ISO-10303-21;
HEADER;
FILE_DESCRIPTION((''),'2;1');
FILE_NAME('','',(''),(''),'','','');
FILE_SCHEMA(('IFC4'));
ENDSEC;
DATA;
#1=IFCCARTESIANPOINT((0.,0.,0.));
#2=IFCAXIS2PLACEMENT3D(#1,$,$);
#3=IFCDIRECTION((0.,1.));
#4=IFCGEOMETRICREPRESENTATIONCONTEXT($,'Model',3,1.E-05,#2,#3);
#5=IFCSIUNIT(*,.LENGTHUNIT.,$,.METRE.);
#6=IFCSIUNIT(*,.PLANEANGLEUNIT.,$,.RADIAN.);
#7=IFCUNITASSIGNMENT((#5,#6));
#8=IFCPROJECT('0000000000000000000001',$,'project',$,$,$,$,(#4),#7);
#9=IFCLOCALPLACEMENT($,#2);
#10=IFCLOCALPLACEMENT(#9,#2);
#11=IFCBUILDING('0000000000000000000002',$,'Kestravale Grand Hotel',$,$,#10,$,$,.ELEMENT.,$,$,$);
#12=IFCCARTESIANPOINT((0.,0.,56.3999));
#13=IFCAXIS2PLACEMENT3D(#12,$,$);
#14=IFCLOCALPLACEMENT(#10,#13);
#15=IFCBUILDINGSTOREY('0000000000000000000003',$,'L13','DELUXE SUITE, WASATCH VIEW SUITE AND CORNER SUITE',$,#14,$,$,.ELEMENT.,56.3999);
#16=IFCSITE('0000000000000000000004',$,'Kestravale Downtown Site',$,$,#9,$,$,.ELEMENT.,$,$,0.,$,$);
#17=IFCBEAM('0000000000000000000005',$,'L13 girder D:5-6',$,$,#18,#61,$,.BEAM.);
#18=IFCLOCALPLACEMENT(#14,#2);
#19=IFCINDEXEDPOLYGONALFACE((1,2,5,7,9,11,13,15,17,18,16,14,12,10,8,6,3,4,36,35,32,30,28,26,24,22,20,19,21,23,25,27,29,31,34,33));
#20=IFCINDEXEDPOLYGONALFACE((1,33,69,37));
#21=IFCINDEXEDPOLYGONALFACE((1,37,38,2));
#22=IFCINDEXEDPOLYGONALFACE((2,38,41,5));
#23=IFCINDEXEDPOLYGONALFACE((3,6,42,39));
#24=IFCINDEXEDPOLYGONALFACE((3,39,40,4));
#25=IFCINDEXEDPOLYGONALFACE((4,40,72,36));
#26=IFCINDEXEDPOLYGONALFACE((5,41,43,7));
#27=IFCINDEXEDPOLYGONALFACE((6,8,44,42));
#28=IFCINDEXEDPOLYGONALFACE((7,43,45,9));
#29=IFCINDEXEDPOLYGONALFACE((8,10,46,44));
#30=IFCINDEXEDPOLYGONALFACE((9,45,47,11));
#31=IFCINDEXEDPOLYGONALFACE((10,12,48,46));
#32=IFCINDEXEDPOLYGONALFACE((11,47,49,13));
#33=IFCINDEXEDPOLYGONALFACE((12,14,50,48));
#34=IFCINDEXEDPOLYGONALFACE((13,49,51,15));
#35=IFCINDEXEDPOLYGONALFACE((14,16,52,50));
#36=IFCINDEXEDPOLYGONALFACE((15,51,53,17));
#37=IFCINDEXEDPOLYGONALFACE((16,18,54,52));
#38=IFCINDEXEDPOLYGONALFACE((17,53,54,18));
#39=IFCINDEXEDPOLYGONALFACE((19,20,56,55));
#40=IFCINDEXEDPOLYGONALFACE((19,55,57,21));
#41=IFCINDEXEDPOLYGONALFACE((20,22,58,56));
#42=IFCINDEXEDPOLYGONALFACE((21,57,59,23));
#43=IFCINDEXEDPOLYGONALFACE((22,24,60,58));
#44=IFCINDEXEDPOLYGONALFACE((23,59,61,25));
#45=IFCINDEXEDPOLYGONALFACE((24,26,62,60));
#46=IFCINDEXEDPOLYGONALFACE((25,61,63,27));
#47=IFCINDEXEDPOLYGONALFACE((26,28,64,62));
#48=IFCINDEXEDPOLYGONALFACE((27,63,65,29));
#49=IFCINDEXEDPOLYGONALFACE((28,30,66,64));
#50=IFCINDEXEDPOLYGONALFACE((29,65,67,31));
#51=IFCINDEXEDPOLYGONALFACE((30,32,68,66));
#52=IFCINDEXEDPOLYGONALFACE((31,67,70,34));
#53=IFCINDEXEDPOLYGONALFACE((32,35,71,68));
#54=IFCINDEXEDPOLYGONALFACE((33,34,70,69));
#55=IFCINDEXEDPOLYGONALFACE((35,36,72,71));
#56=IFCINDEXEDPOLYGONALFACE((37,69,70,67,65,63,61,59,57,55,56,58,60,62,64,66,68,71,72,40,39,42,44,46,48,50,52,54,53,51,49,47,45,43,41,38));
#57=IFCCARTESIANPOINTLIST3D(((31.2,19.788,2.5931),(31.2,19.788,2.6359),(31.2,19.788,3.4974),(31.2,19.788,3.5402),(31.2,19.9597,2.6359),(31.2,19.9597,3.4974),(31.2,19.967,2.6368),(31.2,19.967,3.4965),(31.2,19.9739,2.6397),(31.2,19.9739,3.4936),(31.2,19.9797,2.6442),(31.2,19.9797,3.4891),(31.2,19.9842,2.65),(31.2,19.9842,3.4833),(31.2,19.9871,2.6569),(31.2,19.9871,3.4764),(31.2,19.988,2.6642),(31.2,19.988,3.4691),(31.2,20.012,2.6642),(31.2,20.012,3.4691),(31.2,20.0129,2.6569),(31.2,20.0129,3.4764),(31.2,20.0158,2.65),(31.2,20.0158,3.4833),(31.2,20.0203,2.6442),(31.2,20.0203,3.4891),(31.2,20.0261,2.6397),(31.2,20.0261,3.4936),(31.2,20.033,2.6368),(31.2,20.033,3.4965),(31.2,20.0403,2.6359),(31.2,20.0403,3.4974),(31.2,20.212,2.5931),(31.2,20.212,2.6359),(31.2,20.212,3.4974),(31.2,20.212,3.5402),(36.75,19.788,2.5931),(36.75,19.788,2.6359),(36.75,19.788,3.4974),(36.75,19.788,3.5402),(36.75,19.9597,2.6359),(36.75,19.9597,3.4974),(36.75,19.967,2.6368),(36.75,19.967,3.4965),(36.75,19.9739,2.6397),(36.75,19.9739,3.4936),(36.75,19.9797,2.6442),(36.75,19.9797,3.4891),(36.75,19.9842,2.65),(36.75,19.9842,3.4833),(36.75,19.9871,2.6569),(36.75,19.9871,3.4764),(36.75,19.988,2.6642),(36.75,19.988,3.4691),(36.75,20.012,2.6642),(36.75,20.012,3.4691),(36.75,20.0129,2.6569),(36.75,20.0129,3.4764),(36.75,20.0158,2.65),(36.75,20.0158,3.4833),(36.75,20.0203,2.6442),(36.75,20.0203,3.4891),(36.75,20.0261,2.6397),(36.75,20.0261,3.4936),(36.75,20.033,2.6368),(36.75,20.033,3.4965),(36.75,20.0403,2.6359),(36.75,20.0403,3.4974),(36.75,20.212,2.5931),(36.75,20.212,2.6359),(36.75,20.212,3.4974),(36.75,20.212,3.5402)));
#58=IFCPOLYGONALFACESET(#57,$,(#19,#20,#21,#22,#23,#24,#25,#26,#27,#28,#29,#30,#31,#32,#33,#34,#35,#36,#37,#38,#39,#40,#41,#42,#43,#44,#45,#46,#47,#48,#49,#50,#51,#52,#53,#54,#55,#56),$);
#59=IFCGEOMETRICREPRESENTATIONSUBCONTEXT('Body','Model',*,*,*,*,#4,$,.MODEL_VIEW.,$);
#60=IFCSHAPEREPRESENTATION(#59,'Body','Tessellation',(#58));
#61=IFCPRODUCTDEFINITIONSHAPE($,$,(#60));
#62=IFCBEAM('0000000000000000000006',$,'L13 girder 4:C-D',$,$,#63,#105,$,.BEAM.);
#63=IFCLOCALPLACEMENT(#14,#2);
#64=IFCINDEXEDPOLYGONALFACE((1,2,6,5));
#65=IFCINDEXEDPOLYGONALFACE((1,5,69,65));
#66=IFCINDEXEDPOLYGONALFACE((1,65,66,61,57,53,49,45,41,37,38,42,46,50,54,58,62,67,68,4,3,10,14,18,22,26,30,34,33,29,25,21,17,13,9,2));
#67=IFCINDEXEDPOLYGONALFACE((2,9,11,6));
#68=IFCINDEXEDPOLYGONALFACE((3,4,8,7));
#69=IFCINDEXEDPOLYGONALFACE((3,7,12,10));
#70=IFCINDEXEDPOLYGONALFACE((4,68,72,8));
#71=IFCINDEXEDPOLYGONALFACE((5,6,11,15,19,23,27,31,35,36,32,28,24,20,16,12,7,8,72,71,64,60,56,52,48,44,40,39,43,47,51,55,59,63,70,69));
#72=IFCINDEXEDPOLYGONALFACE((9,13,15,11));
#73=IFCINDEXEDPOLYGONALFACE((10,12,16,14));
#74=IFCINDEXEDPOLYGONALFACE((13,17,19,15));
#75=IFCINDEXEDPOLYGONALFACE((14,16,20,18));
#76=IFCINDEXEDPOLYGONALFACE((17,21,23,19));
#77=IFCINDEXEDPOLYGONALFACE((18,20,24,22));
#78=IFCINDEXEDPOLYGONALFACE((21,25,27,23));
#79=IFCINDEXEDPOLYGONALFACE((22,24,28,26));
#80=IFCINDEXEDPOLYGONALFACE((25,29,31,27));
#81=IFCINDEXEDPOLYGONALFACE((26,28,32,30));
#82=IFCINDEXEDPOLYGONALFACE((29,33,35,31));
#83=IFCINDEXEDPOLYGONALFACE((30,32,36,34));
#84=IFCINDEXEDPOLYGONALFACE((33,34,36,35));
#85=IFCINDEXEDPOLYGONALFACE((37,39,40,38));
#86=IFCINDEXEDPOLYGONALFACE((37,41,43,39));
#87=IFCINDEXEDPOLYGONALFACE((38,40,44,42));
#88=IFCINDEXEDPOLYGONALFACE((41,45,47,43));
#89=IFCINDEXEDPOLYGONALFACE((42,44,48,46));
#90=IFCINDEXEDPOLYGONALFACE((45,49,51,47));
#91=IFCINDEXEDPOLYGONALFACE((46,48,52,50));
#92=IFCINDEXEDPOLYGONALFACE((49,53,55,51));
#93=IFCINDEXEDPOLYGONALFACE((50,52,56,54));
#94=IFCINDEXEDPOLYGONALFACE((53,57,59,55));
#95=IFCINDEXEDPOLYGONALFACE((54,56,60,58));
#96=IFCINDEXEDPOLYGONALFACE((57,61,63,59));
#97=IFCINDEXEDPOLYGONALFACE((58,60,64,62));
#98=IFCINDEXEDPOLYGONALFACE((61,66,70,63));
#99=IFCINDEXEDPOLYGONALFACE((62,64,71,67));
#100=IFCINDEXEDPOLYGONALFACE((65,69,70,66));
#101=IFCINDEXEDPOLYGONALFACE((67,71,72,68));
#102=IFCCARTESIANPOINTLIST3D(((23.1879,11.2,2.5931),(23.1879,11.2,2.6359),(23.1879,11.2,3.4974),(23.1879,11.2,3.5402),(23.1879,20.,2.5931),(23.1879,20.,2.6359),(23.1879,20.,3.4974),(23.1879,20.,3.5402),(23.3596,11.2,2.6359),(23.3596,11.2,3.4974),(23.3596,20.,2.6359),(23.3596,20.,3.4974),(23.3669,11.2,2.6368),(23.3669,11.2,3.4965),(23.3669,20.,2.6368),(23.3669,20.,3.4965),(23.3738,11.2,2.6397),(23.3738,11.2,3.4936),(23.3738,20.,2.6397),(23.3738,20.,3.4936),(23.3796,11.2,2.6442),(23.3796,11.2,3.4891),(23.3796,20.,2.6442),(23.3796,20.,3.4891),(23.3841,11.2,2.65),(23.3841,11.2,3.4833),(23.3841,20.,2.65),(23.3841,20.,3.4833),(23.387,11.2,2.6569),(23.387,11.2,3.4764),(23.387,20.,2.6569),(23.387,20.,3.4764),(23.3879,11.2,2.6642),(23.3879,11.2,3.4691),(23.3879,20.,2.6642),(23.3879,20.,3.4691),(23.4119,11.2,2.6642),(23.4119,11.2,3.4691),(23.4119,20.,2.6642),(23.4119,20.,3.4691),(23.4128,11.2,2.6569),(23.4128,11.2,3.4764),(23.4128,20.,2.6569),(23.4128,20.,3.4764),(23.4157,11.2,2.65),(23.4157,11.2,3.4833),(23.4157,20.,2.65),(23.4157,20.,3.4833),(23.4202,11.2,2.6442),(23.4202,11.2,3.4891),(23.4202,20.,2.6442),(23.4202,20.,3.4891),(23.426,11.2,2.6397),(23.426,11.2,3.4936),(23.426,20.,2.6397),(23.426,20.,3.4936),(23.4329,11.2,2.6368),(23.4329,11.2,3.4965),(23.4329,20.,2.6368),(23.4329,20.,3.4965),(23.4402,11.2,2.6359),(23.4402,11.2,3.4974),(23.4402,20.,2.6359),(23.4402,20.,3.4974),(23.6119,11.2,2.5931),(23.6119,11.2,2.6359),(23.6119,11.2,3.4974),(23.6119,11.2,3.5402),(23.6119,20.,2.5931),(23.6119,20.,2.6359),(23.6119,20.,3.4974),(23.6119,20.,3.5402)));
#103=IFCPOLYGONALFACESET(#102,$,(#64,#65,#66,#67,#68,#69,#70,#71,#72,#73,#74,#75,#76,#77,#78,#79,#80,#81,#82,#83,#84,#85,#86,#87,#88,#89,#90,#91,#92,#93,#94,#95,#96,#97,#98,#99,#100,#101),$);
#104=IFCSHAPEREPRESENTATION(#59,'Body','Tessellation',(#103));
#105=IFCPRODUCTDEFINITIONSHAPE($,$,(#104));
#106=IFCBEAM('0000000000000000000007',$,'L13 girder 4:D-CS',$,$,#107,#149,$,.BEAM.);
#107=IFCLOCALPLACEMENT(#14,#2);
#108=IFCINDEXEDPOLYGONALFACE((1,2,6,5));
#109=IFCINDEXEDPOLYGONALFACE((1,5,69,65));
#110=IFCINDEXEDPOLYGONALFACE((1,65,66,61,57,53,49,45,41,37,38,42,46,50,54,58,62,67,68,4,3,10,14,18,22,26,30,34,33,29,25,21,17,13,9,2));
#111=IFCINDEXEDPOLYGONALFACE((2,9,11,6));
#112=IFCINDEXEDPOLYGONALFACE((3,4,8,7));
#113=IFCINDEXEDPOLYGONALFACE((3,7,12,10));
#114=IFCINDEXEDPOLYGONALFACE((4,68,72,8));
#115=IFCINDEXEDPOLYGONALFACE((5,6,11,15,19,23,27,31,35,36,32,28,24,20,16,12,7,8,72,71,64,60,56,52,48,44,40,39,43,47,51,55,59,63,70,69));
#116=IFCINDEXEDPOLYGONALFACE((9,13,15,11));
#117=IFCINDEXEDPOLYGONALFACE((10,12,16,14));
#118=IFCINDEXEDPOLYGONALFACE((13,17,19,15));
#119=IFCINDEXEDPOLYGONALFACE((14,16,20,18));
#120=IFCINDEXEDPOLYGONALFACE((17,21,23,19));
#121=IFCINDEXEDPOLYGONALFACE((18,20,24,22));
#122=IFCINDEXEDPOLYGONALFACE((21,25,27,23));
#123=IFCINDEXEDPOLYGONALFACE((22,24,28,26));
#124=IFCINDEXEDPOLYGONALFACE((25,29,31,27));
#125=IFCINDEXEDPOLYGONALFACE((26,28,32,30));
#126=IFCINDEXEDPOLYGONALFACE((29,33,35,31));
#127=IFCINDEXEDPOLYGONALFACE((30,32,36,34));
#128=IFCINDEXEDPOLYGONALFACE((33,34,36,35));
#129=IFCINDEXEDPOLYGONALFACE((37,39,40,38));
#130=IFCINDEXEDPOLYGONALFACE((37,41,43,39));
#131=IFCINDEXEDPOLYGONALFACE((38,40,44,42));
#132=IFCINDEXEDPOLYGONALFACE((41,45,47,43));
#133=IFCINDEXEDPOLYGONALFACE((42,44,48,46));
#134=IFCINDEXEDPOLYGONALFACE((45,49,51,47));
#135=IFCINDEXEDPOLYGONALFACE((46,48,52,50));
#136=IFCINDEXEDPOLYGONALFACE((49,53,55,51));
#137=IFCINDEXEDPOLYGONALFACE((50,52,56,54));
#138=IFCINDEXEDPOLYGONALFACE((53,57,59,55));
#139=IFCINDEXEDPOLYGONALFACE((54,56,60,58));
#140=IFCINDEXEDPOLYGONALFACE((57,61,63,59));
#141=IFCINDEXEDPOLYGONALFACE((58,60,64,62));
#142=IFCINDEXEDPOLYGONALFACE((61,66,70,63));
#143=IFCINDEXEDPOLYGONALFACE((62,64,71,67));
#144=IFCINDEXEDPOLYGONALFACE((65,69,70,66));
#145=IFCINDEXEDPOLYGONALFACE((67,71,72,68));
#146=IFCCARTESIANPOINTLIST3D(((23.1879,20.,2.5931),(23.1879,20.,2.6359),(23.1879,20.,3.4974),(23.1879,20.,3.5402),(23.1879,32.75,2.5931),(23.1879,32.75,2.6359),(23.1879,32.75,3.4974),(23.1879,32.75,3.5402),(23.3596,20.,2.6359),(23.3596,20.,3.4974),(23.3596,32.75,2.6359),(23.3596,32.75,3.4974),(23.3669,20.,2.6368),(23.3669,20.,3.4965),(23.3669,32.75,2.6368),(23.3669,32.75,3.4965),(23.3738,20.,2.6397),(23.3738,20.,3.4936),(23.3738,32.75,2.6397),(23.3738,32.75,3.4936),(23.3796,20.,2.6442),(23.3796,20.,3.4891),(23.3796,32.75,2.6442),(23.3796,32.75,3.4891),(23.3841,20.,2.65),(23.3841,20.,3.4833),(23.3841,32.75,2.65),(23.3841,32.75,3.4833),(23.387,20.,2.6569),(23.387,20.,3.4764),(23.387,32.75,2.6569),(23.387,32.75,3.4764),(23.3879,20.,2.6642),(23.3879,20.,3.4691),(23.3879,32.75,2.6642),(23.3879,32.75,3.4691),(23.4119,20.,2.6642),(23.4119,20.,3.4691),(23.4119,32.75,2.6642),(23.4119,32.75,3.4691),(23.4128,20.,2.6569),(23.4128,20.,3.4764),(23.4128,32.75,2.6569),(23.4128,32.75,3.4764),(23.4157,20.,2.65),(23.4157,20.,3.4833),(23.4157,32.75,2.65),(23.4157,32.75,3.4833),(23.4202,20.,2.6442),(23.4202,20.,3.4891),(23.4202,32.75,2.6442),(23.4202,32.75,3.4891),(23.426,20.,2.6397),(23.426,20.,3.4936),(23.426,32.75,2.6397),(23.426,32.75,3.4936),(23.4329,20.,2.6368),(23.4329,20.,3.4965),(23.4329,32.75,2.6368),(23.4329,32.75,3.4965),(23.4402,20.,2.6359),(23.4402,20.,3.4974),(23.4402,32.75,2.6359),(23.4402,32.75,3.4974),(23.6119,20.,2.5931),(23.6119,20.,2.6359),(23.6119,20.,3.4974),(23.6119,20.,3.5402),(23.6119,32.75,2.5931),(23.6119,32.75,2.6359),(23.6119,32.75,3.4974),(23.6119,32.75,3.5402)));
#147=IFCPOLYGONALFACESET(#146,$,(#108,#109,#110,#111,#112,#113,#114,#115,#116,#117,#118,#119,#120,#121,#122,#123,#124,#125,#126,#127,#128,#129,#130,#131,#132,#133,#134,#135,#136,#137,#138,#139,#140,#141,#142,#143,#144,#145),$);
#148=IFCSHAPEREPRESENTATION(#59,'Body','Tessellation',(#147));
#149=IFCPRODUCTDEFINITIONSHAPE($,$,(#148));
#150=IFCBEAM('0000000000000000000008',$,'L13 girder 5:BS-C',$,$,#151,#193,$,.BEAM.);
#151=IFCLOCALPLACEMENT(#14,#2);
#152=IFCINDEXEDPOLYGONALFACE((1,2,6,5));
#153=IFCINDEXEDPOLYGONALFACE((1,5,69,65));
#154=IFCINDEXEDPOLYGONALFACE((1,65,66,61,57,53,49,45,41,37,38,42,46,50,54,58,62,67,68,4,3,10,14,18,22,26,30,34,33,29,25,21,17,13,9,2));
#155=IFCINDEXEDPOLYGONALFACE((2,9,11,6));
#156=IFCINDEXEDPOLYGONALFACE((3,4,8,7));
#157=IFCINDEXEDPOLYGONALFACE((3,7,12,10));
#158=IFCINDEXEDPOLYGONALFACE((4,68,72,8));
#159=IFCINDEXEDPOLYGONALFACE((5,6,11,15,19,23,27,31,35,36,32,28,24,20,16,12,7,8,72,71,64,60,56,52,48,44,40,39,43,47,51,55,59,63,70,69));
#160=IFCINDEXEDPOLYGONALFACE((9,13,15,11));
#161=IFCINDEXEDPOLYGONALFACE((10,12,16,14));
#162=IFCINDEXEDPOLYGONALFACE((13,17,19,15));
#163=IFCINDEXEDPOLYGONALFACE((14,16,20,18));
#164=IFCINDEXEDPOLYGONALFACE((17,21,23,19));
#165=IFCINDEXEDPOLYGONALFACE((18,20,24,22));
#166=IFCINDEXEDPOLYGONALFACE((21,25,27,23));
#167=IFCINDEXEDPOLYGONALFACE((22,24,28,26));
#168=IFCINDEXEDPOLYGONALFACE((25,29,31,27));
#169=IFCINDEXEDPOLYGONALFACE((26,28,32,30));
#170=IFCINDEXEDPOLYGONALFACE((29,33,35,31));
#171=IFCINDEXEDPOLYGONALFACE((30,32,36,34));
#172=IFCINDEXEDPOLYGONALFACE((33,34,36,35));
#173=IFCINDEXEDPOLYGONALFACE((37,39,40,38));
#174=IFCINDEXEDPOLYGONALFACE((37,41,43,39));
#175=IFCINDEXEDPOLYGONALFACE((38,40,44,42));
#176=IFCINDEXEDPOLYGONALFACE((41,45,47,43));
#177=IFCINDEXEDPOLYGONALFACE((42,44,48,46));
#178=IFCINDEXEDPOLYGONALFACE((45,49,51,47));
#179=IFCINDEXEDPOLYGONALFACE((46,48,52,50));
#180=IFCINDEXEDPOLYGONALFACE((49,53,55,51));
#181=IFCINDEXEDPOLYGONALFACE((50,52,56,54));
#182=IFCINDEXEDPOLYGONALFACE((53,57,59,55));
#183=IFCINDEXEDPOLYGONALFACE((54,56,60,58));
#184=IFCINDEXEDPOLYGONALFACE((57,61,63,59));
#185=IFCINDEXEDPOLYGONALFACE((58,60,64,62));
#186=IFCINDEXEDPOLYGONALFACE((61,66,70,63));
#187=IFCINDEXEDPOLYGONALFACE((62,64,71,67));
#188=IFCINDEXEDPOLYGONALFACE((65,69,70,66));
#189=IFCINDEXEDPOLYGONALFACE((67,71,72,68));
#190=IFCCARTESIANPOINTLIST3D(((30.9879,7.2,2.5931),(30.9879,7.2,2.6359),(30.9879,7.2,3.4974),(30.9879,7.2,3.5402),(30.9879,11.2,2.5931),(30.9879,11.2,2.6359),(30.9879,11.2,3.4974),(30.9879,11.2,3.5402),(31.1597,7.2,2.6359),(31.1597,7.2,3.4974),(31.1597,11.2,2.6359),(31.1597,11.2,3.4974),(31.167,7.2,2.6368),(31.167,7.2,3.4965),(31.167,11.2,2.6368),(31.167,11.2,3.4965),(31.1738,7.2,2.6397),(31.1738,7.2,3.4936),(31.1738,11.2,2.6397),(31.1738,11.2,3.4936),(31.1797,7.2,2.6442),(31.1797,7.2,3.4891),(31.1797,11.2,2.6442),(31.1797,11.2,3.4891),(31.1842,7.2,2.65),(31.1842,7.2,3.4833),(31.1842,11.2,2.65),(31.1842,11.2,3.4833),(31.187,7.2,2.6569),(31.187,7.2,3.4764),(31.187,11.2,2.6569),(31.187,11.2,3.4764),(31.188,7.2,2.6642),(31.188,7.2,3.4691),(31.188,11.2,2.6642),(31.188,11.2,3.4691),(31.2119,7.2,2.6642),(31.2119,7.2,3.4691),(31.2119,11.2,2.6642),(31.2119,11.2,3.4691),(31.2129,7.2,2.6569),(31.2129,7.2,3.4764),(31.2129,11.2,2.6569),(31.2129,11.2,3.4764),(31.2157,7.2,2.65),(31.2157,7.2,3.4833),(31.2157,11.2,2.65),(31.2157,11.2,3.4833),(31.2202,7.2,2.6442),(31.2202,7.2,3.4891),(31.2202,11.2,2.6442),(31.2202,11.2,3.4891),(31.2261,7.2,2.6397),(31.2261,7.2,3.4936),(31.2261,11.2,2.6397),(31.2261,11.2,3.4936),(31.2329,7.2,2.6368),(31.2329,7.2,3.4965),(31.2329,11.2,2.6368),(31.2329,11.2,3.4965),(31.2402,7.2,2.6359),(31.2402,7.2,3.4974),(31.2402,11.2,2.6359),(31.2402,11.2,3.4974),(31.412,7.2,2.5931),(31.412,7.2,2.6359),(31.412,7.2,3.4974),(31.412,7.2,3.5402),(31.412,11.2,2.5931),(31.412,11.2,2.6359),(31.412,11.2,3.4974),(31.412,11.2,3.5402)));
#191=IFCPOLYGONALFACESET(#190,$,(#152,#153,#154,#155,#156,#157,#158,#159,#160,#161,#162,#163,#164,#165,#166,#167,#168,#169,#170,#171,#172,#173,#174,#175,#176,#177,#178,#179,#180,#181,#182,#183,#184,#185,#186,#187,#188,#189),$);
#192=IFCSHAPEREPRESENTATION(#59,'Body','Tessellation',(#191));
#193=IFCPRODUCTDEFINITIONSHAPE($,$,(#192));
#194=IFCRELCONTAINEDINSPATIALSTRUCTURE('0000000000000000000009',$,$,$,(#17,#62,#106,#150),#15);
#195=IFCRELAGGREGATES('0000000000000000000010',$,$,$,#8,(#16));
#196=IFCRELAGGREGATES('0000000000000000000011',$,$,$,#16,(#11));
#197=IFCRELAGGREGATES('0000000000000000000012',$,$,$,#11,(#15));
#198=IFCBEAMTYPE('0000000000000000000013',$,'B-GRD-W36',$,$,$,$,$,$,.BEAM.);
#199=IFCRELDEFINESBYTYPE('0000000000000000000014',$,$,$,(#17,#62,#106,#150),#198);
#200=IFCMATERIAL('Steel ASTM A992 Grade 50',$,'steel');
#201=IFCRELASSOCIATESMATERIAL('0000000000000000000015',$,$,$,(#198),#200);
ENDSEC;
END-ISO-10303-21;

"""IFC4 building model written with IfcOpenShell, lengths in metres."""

from ifc_helpers import new_model, si_unit, direction, frame, origin, origin_2d, place, context, subcontext, project, spatial, i_section, extrude, material, material_profile, profile_set, type_object, element, save


model = new_model("IFC4")

# Units and contexts
model_context = context("Model", 3, precision=1e-05, world=origin(), true_north=direction((0.0, 1.0)))
body_context = subcontext(model_context, "Body", "Model", "MODEL_VIEW")
ifc_project = project(units=[si_unit("LENGTHUNIT", "METRE"), si_unit("PLANEANGLEUNIT", "RADIAN")], contexts=[model_context])

# Site, building, storey
site_placement = place(None, origin())
site = spatial("IfcSite", under=ifc_project, at=site_placement, Name="Kestravale Downtown Site", CompositionType="ELEMENT", RefElevation=0.0)
building_placement = place(site_placement, origin())
building = spatial("IfcBuilding", under=site, at=building_placement, Name="Kestravale Grand Hotel", CompositionType="ELEMENT")
storey_placement = place(building_placement, frame((0.0, 0.0, 56.3999)))
storey = spatial("IfcBuildingStorey", under=building, at=storey_placement, Name="L13", Description="DELUXE SUITE, WASATCH VIEW SUITE AND CORNER SUITE", CompositionType="ELEMENT", Elevation=56.3999)

# Beams
ifc_material_1 = material(Name="Steel ASTM A992 Grade 50", Category="steel")
ifc_material_profile_1 = material_profile(ifc_material_1, i_section(OverallWidth=0.4241, OverallDepth=0.947, WebThickness=0.0239, FlangeThickness=0.0427, FilletRadius=0.0283, at=origin_2d()))
ifc_profile_set_1 = profile_set([ifc_material_profile_1], Name="Steel ASTM A992 Grade 50")
beam_type_1 = type_object("IfcBeamType", Name="B-GRD-W36", PredefinedType="BEAM", material=ifc_profile_set_1)
beam_1_placement = place(storey_placement, frame((31.2, 20.0, 3.0667), z_axis=(1.0, 0.0, 0.0), x_axis=(0.0, 1.0, 0.0)))
element("IfcBeam", 1, at=beam_1_placement, inside=storey, type_object=beam_type_1, Name="L13 girder D:5-6", PredefinedType="BEAM", context=body_context, shape_type="SweptSolid", body=[
    extrude(i_section(OverallWidth=0.4241, OverallDepth=0.947, WebThickness=0.0239, FlangeThickness=0.0427, FilletRadius=0.0283, at=origin_2d()), origin(), (0.0, 0.0, 1.0), 5.55),
])
beam_2_placement = place(storey_placement, frame((23.3999, 11.2, 3.0667), z_axis=(0.0, 1.0, 0.0), x_axis=(-1.0, 0.0, 0.0)))
element("IfcBeam", 2, at=beam_2_placement, inside=storey, type_object=beam_type_1, Name="L13 girder 4:C-D", PredefinedType="BEAM", context=body_context, shape_type="SweptSolid", body=[
    extrude(i_section(OverallWidth=0.4241, OverallDepth=0.947, WebThickness=0.0239, FlangeThickness=0.0427, FilletRadius=0.0283, at=origin_2d()), origin(), (0.0, 0.0, 1.0), 8.8),
])
beam_3_placement = place(storey_placement, frame((23.3999, 20.0, 3.0667), z_axis=(0.0, 1.0, 0.0), x_axis=(-1.0, 0.0, 0.0)))
element("IfcBeam", 3, at=beam_3_placement, inside=storey, type_object=beam_type_1, Name="L13 girder 4:D-CS", PredefinedType="BEAM", context=body_context, shape_type="SweptSolid", body=[
    extrude(i_section(OverallWidth=0.4241, OverallDepth=0.947, WebThickness=0.0239, FlangeThickness=0.0427, FilletRadius=0.0283, at=origin_2d()), origin(), (0.0, 0.0, 1.0), 12.75),
])
beam_4_placement = place(storey_placement, frame((31.2, 7.2, 3.0667), z_axis=(0.0, 1.0, 0.0), x_axis=(-1.0, 0.0, 0.0)))
element("IfcBeam", 4, at=beam_4_placement, inside=storey, type_object=beam_type_1, Name="L13 girder 5:BS-C", PredefinedType="BEAM", context=body_context, shape_type="SweptSolid", body=[
    extrude(i_section(OverallWidth=0.4241, OverallDepth=0.947, WebThickness=0.0239, FlangeThickness=0.0427, FilletRadius=0.0283, at=origin_2d()), origin(), (0.0, 0.0, 1.0), 4.0),
])

save(model, "model.ifc")
